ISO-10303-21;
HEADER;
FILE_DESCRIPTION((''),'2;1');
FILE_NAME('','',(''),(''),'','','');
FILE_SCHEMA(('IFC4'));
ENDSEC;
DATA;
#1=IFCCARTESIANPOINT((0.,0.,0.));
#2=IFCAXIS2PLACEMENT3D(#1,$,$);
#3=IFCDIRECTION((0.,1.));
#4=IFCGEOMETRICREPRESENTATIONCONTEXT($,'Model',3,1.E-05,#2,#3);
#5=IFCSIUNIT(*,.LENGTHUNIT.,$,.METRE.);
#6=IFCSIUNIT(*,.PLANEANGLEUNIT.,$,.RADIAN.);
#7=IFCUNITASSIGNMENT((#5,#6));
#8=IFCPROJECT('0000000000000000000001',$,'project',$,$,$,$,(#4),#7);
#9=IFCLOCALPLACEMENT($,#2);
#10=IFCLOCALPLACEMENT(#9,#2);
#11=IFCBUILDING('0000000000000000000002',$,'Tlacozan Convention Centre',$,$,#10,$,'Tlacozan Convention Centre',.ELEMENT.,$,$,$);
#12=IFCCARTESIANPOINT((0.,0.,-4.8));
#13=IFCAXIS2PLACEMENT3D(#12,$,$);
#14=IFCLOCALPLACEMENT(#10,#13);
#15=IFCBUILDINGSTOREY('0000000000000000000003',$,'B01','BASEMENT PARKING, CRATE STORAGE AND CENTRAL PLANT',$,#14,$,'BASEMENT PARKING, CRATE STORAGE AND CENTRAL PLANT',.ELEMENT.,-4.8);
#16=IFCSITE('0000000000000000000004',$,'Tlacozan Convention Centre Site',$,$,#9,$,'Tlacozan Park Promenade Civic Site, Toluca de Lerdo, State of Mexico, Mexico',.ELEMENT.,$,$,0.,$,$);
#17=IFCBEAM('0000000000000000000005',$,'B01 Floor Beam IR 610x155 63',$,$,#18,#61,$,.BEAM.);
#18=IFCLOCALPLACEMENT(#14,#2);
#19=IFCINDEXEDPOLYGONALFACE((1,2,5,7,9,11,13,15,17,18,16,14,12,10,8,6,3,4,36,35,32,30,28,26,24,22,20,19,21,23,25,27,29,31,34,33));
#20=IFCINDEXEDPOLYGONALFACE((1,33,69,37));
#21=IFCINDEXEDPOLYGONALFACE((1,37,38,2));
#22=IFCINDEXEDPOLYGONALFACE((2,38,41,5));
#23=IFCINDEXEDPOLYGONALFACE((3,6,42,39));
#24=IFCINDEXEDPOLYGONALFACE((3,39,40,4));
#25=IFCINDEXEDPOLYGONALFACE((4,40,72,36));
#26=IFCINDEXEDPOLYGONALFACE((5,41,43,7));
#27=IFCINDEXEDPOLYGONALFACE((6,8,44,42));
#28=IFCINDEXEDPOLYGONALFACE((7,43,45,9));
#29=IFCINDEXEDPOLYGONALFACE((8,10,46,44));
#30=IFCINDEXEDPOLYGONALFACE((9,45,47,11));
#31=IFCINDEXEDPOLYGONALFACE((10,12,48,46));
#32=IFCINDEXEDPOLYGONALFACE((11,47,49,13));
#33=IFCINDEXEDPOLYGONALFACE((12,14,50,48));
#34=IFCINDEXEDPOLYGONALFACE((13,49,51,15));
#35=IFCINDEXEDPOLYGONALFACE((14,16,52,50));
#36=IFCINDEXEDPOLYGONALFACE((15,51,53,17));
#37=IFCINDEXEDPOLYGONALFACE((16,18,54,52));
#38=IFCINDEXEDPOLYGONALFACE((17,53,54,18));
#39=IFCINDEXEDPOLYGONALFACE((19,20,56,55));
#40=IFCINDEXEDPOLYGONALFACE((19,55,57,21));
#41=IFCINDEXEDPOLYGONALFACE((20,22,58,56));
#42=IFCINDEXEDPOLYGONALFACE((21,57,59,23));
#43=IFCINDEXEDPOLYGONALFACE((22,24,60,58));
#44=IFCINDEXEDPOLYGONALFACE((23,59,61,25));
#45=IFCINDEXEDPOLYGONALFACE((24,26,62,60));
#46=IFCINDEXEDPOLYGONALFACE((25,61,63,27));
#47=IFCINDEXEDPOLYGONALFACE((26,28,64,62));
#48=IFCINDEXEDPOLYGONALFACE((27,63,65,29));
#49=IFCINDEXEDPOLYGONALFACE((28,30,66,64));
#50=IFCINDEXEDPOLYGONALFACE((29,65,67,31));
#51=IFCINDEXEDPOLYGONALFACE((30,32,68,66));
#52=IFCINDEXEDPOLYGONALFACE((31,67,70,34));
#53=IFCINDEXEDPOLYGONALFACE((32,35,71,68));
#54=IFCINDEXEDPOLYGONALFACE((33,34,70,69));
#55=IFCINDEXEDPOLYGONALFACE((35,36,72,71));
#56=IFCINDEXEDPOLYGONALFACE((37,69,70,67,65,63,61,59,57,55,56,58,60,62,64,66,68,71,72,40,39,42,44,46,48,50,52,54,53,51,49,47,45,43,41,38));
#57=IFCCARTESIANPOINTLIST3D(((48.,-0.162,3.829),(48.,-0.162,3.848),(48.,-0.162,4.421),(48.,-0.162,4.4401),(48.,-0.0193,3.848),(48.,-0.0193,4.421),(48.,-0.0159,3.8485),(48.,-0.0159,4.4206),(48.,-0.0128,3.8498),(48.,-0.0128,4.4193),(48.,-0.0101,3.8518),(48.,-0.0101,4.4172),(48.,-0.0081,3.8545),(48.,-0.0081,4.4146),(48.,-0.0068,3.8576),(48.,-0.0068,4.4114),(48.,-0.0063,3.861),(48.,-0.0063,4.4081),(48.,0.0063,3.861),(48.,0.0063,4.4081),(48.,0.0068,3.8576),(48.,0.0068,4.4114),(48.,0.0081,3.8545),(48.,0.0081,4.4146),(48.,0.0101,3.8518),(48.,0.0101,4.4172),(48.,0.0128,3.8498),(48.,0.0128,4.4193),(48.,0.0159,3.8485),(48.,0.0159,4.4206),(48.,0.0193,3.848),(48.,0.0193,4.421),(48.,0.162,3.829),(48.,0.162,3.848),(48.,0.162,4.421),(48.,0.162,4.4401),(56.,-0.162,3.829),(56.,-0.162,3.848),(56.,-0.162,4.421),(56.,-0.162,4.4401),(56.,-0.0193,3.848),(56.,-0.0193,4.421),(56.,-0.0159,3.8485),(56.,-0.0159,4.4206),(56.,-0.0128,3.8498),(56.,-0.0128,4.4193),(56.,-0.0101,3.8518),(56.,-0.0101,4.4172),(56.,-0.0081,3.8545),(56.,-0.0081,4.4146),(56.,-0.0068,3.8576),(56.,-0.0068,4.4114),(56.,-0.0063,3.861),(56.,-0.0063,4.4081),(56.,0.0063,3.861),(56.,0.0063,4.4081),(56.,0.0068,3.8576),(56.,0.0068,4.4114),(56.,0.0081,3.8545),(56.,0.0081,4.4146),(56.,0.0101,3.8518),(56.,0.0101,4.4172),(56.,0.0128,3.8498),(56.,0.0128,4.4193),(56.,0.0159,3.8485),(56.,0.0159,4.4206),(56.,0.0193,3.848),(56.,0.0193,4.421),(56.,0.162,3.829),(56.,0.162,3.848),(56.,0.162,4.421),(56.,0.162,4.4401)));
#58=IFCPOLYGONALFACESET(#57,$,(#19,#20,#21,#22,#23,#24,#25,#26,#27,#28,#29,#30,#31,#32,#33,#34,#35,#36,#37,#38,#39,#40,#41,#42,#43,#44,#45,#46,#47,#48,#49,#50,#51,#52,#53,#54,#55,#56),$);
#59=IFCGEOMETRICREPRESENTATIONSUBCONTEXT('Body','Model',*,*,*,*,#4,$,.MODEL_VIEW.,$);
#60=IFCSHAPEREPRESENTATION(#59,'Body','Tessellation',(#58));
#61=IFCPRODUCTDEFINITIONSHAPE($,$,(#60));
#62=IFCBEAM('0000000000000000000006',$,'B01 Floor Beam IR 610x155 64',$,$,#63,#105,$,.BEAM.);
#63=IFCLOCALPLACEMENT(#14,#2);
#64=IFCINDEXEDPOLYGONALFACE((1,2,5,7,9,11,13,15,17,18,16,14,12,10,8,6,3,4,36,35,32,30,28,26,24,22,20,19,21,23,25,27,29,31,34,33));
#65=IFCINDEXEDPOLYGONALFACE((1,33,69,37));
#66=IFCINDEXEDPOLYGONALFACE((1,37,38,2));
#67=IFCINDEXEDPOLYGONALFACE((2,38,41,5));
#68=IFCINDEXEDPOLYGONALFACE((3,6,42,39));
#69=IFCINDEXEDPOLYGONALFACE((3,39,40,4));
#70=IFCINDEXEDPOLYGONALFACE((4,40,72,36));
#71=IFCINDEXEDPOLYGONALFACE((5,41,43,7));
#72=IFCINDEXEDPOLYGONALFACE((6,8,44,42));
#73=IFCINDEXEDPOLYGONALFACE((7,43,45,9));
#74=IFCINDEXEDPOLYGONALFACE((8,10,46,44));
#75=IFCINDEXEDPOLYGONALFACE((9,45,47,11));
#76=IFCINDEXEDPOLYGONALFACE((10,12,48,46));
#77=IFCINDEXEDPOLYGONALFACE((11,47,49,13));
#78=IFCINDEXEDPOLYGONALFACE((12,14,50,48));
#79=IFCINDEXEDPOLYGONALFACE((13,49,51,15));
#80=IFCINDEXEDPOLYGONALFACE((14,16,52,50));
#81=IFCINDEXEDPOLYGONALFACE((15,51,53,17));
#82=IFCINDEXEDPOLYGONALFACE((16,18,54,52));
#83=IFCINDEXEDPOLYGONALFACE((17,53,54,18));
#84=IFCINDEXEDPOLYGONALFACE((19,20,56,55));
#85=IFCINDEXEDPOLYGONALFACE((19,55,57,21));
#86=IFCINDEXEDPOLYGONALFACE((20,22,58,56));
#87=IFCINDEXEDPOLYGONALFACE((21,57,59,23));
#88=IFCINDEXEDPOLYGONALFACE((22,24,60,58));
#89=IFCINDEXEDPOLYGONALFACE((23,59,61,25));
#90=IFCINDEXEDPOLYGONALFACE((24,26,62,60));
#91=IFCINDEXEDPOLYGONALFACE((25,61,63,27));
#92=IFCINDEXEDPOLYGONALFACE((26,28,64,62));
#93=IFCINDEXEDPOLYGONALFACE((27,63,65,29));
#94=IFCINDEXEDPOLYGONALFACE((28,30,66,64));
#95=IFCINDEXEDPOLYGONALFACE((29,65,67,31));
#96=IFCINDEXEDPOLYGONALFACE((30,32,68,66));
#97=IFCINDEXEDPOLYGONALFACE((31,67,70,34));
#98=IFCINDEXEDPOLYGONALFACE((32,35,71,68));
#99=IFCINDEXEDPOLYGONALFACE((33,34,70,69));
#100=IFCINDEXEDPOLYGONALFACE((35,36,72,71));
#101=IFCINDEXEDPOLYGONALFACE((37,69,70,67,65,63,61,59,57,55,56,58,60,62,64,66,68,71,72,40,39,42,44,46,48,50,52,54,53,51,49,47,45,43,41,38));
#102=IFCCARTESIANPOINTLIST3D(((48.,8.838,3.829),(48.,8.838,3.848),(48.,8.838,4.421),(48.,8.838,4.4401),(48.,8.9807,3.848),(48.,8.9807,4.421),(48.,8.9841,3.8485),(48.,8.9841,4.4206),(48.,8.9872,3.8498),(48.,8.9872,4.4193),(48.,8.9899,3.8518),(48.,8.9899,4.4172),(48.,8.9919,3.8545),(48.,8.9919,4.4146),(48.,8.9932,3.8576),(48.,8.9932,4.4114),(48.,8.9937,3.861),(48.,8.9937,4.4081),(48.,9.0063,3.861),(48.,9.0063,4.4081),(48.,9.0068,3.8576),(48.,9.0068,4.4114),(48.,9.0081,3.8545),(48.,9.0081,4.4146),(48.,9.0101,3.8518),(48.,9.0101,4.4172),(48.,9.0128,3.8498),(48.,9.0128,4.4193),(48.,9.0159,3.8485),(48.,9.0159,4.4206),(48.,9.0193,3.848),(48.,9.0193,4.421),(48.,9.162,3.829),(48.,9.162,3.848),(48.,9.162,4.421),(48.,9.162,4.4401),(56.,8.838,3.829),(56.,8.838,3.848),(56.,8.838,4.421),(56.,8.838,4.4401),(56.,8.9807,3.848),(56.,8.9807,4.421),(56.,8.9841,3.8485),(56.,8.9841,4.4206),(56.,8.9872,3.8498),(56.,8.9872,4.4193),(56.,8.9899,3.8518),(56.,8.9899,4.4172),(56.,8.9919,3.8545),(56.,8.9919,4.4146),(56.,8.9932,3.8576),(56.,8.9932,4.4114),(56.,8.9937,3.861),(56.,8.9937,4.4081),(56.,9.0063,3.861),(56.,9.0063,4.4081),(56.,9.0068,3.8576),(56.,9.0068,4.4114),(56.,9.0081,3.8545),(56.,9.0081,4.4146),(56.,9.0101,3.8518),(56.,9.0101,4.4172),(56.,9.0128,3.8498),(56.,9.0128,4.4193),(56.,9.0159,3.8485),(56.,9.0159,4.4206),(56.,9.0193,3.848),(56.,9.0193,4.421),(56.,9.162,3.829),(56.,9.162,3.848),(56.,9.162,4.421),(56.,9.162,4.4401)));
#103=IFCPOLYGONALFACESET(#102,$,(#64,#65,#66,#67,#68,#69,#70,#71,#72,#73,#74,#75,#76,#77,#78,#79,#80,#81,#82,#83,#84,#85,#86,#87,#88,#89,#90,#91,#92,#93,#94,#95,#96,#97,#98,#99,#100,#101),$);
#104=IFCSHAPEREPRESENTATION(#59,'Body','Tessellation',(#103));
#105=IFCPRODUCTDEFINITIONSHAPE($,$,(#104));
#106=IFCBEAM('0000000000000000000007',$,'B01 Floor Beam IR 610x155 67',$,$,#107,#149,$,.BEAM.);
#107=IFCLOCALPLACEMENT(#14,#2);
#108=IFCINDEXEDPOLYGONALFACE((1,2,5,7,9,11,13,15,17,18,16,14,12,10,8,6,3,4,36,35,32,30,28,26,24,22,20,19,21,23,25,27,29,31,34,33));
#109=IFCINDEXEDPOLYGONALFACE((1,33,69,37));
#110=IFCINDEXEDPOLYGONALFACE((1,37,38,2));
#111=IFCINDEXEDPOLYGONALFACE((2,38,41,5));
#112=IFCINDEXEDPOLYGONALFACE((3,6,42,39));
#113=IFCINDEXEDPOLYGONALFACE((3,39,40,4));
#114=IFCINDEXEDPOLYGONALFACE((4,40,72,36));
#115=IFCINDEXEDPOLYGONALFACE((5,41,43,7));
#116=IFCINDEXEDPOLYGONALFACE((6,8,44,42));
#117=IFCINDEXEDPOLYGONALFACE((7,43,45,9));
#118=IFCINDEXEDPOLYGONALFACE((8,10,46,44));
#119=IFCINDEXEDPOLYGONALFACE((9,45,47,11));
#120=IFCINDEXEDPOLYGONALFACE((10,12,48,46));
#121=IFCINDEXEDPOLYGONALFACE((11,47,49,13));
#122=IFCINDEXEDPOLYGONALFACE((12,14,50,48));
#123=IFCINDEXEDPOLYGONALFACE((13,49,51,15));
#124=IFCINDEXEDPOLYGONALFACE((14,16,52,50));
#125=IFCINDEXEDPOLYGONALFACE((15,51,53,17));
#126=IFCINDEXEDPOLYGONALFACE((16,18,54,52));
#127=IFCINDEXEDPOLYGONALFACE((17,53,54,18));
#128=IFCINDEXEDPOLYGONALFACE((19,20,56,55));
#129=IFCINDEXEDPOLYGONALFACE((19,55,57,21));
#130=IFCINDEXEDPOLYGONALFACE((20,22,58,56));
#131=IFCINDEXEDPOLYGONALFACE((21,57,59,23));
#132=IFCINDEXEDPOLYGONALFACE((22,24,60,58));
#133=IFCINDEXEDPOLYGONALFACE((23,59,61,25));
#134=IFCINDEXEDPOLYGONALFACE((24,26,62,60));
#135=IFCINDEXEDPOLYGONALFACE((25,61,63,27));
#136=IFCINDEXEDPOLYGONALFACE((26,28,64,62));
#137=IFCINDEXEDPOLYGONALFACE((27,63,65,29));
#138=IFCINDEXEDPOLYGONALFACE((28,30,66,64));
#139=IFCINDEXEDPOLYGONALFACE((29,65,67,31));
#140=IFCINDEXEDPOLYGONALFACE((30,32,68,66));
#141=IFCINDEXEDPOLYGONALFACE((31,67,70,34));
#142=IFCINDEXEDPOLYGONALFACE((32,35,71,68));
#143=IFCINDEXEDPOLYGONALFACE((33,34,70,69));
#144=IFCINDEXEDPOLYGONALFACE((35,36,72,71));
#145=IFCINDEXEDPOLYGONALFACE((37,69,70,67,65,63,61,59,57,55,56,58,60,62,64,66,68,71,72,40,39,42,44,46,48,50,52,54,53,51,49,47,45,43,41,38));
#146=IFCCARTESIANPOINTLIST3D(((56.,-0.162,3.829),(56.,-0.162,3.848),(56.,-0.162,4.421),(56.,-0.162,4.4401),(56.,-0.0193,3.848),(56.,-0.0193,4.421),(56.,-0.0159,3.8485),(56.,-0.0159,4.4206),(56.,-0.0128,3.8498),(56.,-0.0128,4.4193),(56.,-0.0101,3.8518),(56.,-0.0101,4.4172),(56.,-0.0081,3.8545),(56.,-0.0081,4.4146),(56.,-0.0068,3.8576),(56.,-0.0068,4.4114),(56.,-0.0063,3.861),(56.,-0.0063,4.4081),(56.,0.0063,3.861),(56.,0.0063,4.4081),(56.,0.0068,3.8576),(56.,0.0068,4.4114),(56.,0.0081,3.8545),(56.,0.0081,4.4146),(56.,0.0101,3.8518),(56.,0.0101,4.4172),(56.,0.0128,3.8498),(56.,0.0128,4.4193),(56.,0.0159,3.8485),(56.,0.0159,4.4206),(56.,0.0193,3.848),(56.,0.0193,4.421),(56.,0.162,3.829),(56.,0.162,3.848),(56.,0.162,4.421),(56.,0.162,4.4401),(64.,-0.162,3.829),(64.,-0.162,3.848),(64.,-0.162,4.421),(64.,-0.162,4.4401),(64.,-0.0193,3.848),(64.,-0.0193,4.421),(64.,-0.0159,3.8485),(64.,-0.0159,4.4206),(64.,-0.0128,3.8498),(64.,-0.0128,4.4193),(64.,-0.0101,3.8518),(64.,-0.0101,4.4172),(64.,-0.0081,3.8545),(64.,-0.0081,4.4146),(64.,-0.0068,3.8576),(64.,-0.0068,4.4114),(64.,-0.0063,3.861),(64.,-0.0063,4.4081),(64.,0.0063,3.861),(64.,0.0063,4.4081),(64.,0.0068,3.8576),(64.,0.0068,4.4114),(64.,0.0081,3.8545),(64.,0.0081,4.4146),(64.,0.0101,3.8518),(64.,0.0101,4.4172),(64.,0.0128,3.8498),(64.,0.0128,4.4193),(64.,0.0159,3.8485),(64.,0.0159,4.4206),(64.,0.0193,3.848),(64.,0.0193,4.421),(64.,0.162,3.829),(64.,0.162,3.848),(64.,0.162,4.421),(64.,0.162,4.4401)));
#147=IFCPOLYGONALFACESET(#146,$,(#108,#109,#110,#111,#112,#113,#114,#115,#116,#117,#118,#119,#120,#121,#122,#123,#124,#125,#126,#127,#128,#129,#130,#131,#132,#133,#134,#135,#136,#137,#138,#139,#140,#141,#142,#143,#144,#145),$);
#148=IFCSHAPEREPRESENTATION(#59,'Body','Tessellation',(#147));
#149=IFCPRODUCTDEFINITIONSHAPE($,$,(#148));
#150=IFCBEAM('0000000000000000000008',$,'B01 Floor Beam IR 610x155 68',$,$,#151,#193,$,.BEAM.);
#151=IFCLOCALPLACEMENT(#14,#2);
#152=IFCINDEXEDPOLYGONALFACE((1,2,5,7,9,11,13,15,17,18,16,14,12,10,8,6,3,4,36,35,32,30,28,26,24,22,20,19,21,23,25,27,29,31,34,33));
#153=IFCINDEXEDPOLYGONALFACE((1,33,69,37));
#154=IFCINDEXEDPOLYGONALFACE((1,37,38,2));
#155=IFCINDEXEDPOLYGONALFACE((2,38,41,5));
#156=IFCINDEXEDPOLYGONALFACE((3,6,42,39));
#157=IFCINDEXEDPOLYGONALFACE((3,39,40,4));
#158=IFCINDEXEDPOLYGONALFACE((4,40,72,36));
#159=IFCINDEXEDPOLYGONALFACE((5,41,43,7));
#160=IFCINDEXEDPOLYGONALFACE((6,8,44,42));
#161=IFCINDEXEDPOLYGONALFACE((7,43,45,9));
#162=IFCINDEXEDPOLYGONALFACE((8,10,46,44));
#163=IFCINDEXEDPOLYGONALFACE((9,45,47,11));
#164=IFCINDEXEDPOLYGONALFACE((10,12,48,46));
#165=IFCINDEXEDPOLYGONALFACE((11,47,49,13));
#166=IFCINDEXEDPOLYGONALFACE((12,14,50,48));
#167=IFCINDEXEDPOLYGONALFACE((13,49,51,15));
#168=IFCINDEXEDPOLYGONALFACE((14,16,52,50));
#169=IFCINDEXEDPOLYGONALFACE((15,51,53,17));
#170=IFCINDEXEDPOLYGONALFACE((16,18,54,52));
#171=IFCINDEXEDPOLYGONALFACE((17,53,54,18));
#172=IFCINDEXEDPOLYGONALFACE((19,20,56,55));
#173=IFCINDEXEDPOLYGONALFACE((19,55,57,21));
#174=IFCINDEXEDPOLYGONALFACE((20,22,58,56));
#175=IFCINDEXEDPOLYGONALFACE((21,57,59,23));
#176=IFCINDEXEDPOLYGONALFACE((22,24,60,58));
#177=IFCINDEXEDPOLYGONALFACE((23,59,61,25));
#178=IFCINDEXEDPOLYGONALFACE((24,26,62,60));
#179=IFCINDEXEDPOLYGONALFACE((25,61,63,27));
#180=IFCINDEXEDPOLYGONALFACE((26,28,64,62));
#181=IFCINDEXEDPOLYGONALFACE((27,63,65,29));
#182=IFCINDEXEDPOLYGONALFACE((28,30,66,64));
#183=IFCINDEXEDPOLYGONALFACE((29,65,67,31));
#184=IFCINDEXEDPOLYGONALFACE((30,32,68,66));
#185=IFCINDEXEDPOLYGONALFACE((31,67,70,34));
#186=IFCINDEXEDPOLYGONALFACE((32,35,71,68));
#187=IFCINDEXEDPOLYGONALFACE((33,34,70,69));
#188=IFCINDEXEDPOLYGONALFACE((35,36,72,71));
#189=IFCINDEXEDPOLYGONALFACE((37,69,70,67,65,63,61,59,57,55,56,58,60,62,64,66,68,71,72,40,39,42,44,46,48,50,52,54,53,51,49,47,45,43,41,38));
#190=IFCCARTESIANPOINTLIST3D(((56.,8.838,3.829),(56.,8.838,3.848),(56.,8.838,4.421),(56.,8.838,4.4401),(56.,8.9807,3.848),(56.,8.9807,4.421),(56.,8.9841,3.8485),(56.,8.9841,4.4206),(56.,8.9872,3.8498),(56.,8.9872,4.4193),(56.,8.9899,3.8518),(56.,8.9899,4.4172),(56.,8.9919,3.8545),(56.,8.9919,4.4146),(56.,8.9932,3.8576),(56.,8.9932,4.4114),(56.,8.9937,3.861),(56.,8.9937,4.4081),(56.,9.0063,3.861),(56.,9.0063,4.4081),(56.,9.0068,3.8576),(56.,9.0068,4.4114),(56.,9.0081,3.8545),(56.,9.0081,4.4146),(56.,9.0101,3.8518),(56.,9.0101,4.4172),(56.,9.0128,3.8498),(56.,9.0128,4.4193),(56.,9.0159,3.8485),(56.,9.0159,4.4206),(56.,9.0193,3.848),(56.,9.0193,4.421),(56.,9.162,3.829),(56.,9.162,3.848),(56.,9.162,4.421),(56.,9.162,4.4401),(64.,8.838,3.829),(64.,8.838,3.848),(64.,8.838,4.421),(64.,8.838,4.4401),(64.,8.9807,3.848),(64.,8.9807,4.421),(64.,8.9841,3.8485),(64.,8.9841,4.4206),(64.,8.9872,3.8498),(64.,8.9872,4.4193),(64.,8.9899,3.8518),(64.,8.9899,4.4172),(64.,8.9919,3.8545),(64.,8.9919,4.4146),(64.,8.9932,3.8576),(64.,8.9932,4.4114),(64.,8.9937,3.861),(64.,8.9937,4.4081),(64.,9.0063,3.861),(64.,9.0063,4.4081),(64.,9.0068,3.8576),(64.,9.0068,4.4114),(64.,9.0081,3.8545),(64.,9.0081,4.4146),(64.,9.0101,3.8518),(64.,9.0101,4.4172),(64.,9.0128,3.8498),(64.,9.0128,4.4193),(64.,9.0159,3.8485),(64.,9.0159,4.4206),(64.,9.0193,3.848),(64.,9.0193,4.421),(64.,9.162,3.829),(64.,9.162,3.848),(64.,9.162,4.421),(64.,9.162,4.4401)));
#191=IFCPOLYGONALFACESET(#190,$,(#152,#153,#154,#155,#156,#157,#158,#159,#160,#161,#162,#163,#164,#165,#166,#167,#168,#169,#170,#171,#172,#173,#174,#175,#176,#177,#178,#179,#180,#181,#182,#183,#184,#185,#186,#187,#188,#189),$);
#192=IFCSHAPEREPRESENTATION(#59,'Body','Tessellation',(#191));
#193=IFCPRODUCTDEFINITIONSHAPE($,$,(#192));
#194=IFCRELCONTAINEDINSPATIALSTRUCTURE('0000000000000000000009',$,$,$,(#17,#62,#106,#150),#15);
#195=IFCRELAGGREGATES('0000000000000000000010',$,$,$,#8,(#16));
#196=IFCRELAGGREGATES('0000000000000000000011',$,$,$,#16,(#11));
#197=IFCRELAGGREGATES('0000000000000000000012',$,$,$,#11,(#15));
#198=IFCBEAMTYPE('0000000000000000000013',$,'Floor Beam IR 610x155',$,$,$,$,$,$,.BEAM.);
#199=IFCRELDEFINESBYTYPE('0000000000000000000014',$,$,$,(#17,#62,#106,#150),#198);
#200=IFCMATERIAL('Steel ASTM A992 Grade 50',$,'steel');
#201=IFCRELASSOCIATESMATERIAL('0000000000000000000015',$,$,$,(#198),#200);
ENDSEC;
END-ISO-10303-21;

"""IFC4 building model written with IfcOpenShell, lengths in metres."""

from ifc_helpers import new_model, si_unit, direction, frame, origin, origin_2d, place, context, subcontext, project, spatial, i_section, extrude, material, material_profile, profile_set, type_object, element, save


model = new_model("IFC4")

# Units and contexts
model_context = context("Model", 3, precision=1e-05, world=origin(), true_north=direction((0.0, 1.0)))
body_context = subcontext(model_context, "Body", "Model", "MODEL_VIEW")
ifc_project = project(units=[si_unit("LENGTHUNIT", "METRE"), si_unit("PLANEANGLEUNIT", "RADIAN")], contexts=[model_context])

# Site, building, storey
site_placement = place(None, origin())
site = spatial("IfcSite", under=ifc_project, at=site_placement, Name="Tlacozan Convention Centre Site", LongName="Tlacozan Park Promenade Civic Site, Toluca de Lerdo, State of Mexico, Mexico", CompositionType="ELEMENT", RefElevation=0.0)
building_placement = place(site_placement, origin())
building = spatial("IfcBuilding", under=site, at=building_placement, Name="Tlacozan Convention Centre", LongName="Tlacozan Convention Centre", CompositionType="ELEMENT")
storey_placement = place(building_placement, frame((0.0, 0.0, -4.8)))
storey = spatial("IfcBuildingStorey", under=building, at=storey_placement, Name="B01", Description="BASEMENT PARKING, CRATE STORAGE AND CENTRAL PLANT", LongName="BASEMENT PARKING, CRATE STORAGE AND CENTRAL PLANT", CompositionType="ELEMENT", Elevation=-4.8)

# Beams
ifc_material_1 = material(Name="Steel ASTM A992 Grade 50", Category="steel")
ifc_material_profile_1 = material_profile(ifc_material_1, i_section(OverallWidth=0.324, OverallDepth=0.6111, WebThickness=0.0127, FlangeThickness=0.019, FilletRadius=0.0129, at=origin_2d()), Name="IR 610x155.0")
ifc_profile_set_1 = profile_set([ifc_material_profile_1], Name="Steel ASTM A992 Grade 50")
beam_type_1 = type_object("IfcBeamType", Name="Floor Beam IR 610x155", PredefinedType="BEAM", material=ifc_profile_set_1)
for number, where, z_axis, x_axis, name in (
    (1, (48.0, 0.0, 4.1345), (1.0, 0.0, 0.0), (0.0, 1.0, 0.0), "B01 Floor Beam IR 610x155 63"),
    (2, (48.0, 9.0, 4.1345), (1.0, 0.0, 0.0), (0.0, 1.0, 0.0), "B01 Floor Beam IR 610x155 64"),
    (3, (56.0, 0.0, 4.1345), (1.0, 0.0, 0.0), (0.0, 1.0, 0.0), "B01 Floor Beam IR 610x155 67"),
    (4, (56.0, 9.0, 4.1345), (1.0, 0.0, 0.0), (0.0, 1.0, 0.0), "B01 Floor Beam IR 610x155 68"),
):
    element("IfcBeam", number, at=place(storey_placement, frame(where, z_axis=z_axis, x_axis=x_axis)), inside=storey, type_object=beam_type_1, Name=name, PredefinedType="BEAM", context=body_context, shape_type="SweptSolid", body=[
        extrude(i_section(OverallWidth=0.324, OverallDepth=0.6111, WebThickness=0.0127, FlangeThickness=0.019, FilletRadius=0.0129, at=origin_2d()), origin(), (0.0, 0.0, 1.0), 8.0),
    ])

save(model, "model.ifc")
